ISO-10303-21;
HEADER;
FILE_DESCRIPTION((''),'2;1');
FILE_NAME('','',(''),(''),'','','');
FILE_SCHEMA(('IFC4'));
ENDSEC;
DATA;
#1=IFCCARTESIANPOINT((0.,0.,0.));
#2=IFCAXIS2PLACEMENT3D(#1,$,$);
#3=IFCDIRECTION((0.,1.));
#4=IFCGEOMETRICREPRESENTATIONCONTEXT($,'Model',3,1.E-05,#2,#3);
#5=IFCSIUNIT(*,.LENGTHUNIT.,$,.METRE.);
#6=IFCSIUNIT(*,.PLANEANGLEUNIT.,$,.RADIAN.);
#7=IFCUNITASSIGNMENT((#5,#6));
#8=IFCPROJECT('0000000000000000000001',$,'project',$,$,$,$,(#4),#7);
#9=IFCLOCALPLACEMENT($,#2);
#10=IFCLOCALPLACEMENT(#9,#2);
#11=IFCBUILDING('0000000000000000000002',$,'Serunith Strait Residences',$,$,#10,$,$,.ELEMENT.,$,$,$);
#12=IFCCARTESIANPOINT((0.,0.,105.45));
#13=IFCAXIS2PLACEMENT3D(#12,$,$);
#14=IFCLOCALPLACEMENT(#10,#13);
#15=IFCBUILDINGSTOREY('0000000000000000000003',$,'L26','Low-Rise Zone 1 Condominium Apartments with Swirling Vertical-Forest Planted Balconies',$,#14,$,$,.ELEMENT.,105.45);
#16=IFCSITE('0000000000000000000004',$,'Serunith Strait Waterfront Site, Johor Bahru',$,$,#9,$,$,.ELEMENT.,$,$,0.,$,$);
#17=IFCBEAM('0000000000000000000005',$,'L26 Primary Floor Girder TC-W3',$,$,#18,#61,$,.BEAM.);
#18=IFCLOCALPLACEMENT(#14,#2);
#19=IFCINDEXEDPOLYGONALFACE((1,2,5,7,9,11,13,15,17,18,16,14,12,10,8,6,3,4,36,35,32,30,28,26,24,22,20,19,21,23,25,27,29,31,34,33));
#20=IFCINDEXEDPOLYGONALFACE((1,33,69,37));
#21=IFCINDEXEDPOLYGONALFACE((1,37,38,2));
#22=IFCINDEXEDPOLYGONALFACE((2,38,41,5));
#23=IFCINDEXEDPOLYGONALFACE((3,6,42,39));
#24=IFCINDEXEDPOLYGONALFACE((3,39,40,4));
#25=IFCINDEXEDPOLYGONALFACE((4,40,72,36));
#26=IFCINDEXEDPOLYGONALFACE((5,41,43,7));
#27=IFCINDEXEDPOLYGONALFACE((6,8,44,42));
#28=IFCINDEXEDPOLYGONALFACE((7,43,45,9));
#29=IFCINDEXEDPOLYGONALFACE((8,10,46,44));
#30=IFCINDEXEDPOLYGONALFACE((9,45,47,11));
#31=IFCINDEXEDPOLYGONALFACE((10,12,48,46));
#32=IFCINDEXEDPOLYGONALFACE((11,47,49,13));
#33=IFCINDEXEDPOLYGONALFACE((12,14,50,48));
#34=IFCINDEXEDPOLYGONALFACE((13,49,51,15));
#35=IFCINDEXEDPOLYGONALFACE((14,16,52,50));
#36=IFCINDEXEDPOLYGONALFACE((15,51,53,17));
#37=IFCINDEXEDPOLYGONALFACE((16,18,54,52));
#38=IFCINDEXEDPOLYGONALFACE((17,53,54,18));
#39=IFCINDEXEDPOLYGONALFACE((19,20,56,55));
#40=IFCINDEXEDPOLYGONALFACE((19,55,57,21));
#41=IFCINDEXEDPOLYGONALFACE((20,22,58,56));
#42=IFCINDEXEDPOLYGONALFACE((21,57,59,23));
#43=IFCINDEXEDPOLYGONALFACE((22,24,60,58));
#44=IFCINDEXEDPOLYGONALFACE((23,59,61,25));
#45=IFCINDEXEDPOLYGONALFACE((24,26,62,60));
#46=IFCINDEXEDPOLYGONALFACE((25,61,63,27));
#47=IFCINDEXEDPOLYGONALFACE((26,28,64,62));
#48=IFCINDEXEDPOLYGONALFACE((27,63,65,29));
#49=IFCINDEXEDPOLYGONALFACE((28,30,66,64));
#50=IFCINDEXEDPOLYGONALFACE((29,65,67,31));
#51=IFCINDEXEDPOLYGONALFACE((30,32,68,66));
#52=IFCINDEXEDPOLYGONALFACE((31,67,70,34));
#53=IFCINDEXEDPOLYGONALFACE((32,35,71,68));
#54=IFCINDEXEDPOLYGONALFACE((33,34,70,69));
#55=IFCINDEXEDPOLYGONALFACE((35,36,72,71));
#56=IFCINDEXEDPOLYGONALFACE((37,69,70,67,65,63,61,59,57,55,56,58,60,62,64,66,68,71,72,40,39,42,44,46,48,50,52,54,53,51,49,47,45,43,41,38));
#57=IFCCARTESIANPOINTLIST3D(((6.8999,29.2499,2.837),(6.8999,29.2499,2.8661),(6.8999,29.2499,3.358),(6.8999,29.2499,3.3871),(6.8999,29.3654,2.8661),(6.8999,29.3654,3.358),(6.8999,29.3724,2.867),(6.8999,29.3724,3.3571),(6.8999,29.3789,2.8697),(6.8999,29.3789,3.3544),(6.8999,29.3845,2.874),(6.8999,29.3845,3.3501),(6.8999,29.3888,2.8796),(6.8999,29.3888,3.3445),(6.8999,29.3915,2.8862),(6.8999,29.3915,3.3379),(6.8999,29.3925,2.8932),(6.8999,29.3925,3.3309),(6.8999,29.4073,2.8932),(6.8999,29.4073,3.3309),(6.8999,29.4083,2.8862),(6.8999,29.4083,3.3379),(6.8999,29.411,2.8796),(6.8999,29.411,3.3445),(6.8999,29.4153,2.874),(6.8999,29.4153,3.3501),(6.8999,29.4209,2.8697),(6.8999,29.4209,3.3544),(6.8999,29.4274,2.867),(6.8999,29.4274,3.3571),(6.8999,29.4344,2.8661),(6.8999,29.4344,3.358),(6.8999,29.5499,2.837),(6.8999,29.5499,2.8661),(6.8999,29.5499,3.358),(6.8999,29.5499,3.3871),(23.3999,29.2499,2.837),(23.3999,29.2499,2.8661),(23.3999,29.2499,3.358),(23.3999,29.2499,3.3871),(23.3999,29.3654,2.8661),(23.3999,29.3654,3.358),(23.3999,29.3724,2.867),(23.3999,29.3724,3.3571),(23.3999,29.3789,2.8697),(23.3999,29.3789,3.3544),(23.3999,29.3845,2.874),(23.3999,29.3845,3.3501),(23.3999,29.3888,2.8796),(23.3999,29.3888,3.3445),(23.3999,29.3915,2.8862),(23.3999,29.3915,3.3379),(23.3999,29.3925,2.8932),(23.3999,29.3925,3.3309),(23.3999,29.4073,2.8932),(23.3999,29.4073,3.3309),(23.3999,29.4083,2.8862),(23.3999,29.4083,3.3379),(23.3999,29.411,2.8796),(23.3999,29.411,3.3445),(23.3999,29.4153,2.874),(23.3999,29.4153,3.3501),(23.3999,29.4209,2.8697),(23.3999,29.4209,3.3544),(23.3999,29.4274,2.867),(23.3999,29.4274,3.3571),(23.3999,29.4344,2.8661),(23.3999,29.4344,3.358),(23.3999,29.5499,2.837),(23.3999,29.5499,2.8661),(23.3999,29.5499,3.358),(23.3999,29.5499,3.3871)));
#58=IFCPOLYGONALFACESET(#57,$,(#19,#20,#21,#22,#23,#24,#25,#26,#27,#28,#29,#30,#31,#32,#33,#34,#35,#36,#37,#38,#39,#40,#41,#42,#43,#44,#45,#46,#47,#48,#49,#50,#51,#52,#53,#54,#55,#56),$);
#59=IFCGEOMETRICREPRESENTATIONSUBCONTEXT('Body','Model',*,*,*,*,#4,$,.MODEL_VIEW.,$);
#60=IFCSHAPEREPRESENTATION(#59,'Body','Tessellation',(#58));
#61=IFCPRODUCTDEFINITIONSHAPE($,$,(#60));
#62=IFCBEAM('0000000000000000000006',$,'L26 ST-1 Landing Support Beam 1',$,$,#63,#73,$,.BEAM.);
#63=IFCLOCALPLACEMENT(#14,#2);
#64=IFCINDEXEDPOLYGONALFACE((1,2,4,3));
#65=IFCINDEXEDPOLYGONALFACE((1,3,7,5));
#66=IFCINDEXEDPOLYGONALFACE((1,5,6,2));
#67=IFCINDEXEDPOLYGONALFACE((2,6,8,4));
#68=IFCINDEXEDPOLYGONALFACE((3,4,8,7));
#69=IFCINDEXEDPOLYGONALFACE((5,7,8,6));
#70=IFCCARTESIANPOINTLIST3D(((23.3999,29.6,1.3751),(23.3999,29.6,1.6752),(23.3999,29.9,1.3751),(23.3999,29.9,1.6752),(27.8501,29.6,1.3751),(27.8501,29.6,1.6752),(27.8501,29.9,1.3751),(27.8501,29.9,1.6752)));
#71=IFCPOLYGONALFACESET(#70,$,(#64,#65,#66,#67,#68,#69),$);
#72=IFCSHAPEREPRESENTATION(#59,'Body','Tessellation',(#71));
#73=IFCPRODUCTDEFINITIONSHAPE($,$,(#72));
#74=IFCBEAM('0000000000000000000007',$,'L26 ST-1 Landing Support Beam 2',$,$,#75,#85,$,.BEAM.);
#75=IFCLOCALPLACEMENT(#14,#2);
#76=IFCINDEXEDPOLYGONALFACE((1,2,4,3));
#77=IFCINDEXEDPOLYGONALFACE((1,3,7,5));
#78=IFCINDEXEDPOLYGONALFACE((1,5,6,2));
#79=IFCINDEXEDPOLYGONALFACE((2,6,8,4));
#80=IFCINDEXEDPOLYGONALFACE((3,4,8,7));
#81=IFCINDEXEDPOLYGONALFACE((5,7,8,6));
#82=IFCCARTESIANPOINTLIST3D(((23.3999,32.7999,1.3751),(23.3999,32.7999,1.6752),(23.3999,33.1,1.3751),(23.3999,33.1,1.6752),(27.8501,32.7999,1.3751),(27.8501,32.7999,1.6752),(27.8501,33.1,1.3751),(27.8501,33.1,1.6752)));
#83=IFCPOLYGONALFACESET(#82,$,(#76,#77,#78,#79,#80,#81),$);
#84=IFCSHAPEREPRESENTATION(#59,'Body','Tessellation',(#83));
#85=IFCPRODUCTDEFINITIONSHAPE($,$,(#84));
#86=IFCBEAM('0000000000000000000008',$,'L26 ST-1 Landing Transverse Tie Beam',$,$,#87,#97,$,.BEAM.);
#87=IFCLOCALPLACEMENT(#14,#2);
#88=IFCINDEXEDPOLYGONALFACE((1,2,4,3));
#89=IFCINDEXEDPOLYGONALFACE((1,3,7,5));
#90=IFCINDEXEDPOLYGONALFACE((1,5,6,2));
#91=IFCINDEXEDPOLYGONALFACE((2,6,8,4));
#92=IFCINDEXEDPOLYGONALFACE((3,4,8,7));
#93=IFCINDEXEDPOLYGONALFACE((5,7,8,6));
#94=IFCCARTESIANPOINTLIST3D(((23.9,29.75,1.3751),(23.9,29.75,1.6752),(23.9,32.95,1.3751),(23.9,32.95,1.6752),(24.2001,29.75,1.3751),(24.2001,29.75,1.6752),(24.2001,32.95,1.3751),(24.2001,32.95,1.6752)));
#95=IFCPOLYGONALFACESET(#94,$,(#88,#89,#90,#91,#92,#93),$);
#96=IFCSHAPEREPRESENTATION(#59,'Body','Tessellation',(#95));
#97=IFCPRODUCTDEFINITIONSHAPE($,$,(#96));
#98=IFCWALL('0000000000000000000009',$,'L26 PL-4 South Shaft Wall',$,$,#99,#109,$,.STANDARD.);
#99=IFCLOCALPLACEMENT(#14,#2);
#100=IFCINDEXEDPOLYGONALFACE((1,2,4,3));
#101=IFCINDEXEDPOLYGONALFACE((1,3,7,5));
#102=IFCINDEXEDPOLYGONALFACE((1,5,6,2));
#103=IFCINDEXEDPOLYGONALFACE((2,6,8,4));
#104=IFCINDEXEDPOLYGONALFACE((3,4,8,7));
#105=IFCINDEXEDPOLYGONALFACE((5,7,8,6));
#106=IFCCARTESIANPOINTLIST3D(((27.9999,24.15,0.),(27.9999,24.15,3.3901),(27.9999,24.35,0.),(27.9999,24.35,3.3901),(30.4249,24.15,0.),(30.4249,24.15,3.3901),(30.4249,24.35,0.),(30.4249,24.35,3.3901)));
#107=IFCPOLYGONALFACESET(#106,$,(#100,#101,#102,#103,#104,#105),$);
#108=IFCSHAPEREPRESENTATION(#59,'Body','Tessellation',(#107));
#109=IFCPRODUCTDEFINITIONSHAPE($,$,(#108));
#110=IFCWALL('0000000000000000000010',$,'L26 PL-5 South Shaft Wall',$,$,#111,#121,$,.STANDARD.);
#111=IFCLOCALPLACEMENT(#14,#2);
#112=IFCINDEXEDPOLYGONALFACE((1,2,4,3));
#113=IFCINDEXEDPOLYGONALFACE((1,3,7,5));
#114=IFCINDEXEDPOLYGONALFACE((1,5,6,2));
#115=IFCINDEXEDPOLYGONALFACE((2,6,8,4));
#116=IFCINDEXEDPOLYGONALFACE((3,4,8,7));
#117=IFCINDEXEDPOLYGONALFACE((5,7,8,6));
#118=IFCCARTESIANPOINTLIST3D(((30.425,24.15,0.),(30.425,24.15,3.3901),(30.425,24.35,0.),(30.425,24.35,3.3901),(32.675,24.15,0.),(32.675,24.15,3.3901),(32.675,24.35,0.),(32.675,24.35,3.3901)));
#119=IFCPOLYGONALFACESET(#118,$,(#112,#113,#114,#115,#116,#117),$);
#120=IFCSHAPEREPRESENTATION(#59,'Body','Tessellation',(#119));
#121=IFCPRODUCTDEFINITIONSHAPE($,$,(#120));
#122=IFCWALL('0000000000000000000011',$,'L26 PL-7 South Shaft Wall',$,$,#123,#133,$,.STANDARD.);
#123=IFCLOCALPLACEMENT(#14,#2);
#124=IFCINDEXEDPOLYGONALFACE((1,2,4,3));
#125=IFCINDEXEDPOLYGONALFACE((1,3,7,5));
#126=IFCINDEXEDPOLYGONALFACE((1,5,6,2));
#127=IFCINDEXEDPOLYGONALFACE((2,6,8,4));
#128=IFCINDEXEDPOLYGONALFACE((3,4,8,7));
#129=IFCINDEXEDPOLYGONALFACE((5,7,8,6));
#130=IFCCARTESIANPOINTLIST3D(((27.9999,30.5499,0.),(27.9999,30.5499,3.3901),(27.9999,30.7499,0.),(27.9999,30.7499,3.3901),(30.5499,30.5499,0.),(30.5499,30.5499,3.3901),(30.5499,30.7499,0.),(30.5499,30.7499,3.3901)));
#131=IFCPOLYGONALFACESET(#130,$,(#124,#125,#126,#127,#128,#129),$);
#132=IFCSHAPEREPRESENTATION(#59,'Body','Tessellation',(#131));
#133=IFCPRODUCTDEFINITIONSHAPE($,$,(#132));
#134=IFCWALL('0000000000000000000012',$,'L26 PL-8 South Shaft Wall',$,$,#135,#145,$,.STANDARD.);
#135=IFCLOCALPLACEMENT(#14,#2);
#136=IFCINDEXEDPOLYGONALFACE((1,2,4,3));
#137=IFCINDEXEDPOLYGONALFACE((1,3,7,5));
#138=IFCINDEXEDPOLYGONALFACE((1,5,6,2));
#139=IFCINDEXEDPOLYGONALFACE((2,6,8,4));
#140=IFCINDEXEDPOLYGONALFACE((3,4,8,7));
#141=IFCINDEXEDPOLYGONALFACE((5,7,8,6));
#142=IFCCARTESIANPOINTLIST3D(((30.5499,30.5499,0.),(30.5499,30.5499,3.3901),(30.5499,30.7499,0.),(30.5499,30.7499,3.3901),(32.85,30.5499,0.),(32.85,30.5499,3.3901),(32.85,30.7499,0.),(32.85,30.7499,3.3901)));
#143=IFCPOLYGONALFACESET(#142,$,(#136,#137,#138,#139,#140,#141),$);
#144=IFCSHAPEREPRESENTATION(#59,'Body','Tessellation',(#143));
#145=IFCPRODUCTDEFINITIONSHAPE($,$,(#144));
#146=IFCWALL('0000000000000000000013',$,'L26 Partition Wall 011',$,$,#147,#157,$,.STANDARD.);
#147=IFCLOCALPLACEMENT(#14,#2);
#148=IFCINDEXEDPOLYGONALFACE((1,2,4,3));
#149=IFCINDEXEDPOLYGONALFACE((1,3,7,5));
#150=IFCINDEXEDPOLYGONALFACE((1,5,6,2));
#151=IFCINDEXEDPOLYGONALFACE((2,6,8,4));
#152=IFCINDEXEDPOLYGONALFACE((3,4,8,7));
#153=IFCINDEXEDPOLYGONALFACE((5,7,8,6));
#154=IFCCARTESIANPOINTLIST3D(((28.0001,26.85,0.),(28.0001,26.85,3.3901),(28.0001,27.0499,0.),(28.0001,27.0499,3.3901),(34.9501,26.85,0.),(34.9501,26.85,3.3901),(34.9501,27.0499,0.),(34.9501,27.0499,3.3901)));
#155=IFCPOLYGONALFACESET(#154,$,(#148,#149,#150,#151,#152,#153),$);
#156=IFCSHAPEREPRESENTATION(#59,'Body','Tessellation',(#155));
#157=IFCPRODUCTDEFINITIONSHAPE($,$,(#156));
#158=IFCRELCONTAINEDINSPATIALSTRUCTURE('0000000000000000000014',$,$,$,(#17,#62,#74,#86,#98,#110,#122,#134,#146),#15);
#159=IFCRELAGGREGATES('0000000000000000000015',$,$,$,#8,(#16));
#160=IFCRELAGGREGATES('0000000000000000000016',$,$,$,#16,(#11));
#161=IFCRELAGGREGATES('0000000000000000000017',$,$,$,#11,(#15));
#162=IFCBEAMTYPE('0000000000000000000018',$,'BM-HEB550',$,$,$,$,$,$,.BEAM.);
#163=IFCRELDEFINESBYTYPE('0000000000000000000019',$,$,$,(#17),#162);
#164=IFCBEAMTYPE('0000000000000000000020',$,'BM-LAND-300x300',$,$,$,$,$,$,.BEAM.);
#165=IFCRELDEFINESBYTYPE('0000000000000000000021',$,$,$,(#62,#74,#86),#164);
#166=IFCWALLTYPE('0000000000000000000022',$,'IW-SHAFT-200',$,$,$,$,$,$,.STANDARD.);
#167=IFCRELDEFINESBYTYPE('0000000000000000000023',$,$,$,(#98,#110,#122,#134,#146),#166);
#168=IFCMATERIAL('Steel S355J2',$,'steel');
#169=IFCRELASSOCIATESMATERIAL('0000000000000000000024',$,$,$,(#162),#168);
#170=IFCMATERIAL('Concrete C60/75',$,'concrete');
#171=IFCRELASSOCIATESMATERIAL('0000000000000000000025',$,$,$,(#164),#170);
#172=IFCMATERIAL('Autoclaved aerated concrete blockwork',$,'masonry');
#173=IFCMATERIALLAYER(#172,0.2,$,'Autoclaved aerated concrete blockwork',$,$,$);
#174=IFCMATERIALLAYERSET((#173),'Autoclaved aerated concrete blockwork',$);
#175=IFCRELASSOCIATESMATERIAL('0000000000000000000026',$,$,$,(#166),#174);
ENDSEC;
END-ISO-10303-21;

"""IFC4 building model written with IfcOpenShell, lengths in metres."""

from ifc_helpers import new_model, si_unit, direction, frame, frame_2d, origin, origin_2d, place, context, subcontext, project, spatial, rectangle, i_section, extrude, source, transform, mapped, material, layer, layer_set, material_profile, profile_set, type_object, element, save


model = new_model("IFC4")

# Units and contexts
model_context = context("Model", 3, precision=1e-05, world=origin(), true_north=direction((0.0, 1.0)))
body_context = subcontext(model_context, "Body", "Model", "MODEL_VIEW")
ifc_project = project(units=[si_unit("LENGTHUNIT", "METRE"), si_unit("PLANEANGLEUNIT", "RADIAN")], contexts=[model_context])

# Site, building, storey
site_placement = place(None, origin())
site = spatial("IfcSite", under=ifc_project, at=site_placement, Name="Serunith Strait Waterfront Site, Johor Bahru", CompositionType="ELEMENT", RefElevation=0.0)
building_placement = place(site_placement, origin())
building = spatial("IfcBuilding", under=site, at=building_placement, Name="Serunith Strait Residences", CompositionType="ELEMENT")
storey_placement = place(building_placement, frame((0.0, 0.0, 105.45)))
storey = spatial("IfcBuildingStorey", under=building, at=storey_placement, Name="L26", Description="Low-Rise Zone 1 Condominium Apartments with Swirling Vertical-Forest Planted Balconies", CompositionType="ELEMENT", Elevation=105.45)

# Beams
ifc_material_1 = material(Name="Steel S355J2", Category="steel")
ifc_material_profile_1 = material_profile(ifc_material_1, i_section(OverallWidth=0.3, OverallDepth=0.55, WebThickness=0.0149, FlangeThickness=0.0291, FilletRadius=0.0271, at=origin_2d()), Name="HEB 550")
ifc_profile_set_1 = profile_set([ifc_material_profile_1], Name="Steel S355J2")
beam_type_1 = type_object("IfcBeamType", Name="BM-HEB550", PredefinedType="BEAM", material=ifc_profile_set_1)
shared_shape_1 = source(origin(), body_context, "Body", "SweptSolid", [
    extrude(i_section(OverallWidth=0.3, OverallDepth=0.55, WebThickness=0.0149, FlangeThickness=0.0291, FilletRadius=0.0271, at=origin_2d()), origin(), (0.0, 0.0, 1.0), 16.5),
])
beam_1_placement = place(storey_placement, frame((23.3999, 29.3999, 3.1121), z_axis=(-1.0, 0.0, 0.0), x_axis=(0.0, -1.0, 0.0)))
element("IfcBeam", 1, at=beam_1_placement, inside=storey, type_object=beam_type_1, Name="L26 Primary Floor Girder TC-W3", PredefinedType="BEAM", context=body_context, shape_type="MappedRepresentation", body=[
    mapped(shared_shape_1, transform((0.0, 0.0, 0.0), scale=1.0)),
])
ifc_material_2 = material(Name="Concrete C60/75", Category="concrete")
ifc_material_profile_2 = material_profile(ifc_material_2, rectangle(XDim=0.3, YDim=0.3, at=origin_2d()), Name="RC 300x300")
ifc_profile_set_2 = profile_set([ifc_material_profile_2], Name="Concrete C60/75")
beam_type_2 = type_object("IfcBeamType", Name="BM-LAND-300x300", PredefinedType="BEAM", material=ifc_profile_set_2)
shared_shape_2 = source(origin(), body_context, "Body", "SweptSolid", [
    extrude(rectangle(XDim=0.3, YDim=0.3, at=origin_2d()), origin(), (0.0, 0.0, 1.0), 4.4502),
])
for number, where, z_axis, x_axis, name in (
    (2, (23.3999, 29.75, 1.5251), (1.0, 0.0, 0.0), (0.0, 1.0, 0.0), "L26 ST-1 Landing Support Beam 1"),
    (3, (23.3999, 32.95, 1.5251), (1.0, 0.0, 0.0), (0.0, 1.0, 0.0), "L26 ST-1 Landing Support Beam 2"),
):
    element("IfcBeam", number, at=place(storey_placement, frame(where, z_axis=z_axis, x_axis=x_axis)), inside=storey, type_object=beam_type_2, Name=name, PredefinedType="BEAM", context=body_context, shape_type="MappedRepresentation", body=[
        mapped(shared_shape_2, transform((0.0, 0.0, 0.0), scale=1.0)),
    ])
shared_shape_3 = source(origin(), body_context, "Body", "SweptSolid", [
    extrude(rectangle(XDim=0.3, YDim=0.3, at=origin_2d()), origin(), (0.0, 0.0, 1.0), 3.2),
])
beam_2_placement = place(storey_placement, frame((24.05, 29.75, 1.5251), z_axis=(0.0, 1.0, 0.0), x_axis=(-1.0, 0.0, 0.0)))
element("IfcBeam", 4, at=beam_2_placement, inside=storey, type_object=beam_type_2, Name="L26 ST-1 Landing Transverse Tie Beam", PredefinedType="BEAM", context=body_context, shape_type="MappedRepresentation", body=[
    mapped(shared_shape_3, transform((0.0, 0.0, 0.0), scale=1.0)),
])

# Shared definitions
ifc_material_3 = material(Name="Autoclaved aerated concrete blockwork", Category="masonry")
ifc_layer = layer(ifc_material_3, 0.2, Name="Autoclaved aerated concrete blockwork")
ifc_layer_set = layer_set([ifc_layer], Name="Autoclaved aerated concrete blockwork")
wall_type = type_object("IfcWallType", Name="IW-SHAFT-200", PredefinedType="STANDARD", material=ifc_layer_set)

# Walls
wall_1_placement = place(storey_placement, frame((28.0, 24.25, 0.0), z_axis=(0.0, 0.0, 1.0), x_axis=(1.0, 0.0, 0.0)))
element("IfcWall", 5, at=wall_1_placement, inside=storey, type_object=wall_type, Name="L26 PL-4 South Shaft Wall", PredefinedType="STANDARD", context=body_context, shape_type="SweptSolid", body=[
    extrude(rectangle(XDim=2.425, YDim=0.2, at=frame_2d((1.2124, 0.0))), origin(), (0.0, 0.0, 1.0), 3.3901),
])
wall_2_placement = place(storey_placement, frame((30.425, 24.25, 0.0), z_axis=(0.0, 0.0, 1.0), x_axis=(1.0, 0.0, 0.0)))
element("IfcWall", 6, at=wall_2_placement, inside=storey, type_object=wall_type, Name="L26 PL-5 South Shaft Wall", PredefinedType="STANDARD", context=body_context, shape_type="SweptSolid", body=[
    extrude(rectangle(XDim=2.25, YDim=0.2, at=frame_2d((1.125, 0.0))), origin(), (0.0, 0.0, 1.0), 3.3901),
])
wall_3_placement = place(storey_placement, frame((28.0, 30.6499, 0.0), z_axis=(0.0, 0.0, 1.0), x_axis=(1.0, 0.0, 0.0)))
element("IfcWall", 7, at=wall_3_placement, inside=storey, type_object=wall_type, Name="L26 PL-7 South Shaft Wall", PredefinedType="STANDARD", context=body_context, shape_type="SweptSolid", body=[
    extrude(rectangle(XDim=2.55, YDim=0.2, at=frame_2d((1.2749, 0.0))), origin(), (0.0, 0.0, 1.0), 3.3901),
])
wall_4_placement = place(storey_placement, frame((30.55, 30.6499, 0.0), z_axis=(0.0, 0.0, 1.0), x_axis=(1.0, 0.0, 0.0)))
element("IfcWall", 8, at=wall_4_placement, inside=storey, type_object=wall_type, Name="L26 PL-8 South Shaft Wall", PredefinedType="STANDARD", context=body_context, shape_type="SweptSolid", body=[
    extrude(rectangle(XDim=2.3, YDim=0.2, at=frame_2d((1.1499, 0.0))), origin(), (0.0, 0.0, 1.0), 3.3901),
])
wall_5_placement = place(storey_placement, frame((28.0, 26.95, 0.0), z_axis=(0.0, 0.0, 1.0), x_axis=(1.0, 0.0, 0.0)))
element("IfcWall", 9, at=wall_5_placement, inside=storey, type_object=wall_type, Name="L26 Partition Wall 011", PredefinedType="STANDARD", context=body_context, shape_type="SweptSolid", body=[
    extrude(rectangle(XDim=6.95, YDim=0.2, at=frame_2d((3.4751, 0.0))), origin(), (0.0, 0.0, 1.0), 3.3901),
])

save(model, "model.ifc")
